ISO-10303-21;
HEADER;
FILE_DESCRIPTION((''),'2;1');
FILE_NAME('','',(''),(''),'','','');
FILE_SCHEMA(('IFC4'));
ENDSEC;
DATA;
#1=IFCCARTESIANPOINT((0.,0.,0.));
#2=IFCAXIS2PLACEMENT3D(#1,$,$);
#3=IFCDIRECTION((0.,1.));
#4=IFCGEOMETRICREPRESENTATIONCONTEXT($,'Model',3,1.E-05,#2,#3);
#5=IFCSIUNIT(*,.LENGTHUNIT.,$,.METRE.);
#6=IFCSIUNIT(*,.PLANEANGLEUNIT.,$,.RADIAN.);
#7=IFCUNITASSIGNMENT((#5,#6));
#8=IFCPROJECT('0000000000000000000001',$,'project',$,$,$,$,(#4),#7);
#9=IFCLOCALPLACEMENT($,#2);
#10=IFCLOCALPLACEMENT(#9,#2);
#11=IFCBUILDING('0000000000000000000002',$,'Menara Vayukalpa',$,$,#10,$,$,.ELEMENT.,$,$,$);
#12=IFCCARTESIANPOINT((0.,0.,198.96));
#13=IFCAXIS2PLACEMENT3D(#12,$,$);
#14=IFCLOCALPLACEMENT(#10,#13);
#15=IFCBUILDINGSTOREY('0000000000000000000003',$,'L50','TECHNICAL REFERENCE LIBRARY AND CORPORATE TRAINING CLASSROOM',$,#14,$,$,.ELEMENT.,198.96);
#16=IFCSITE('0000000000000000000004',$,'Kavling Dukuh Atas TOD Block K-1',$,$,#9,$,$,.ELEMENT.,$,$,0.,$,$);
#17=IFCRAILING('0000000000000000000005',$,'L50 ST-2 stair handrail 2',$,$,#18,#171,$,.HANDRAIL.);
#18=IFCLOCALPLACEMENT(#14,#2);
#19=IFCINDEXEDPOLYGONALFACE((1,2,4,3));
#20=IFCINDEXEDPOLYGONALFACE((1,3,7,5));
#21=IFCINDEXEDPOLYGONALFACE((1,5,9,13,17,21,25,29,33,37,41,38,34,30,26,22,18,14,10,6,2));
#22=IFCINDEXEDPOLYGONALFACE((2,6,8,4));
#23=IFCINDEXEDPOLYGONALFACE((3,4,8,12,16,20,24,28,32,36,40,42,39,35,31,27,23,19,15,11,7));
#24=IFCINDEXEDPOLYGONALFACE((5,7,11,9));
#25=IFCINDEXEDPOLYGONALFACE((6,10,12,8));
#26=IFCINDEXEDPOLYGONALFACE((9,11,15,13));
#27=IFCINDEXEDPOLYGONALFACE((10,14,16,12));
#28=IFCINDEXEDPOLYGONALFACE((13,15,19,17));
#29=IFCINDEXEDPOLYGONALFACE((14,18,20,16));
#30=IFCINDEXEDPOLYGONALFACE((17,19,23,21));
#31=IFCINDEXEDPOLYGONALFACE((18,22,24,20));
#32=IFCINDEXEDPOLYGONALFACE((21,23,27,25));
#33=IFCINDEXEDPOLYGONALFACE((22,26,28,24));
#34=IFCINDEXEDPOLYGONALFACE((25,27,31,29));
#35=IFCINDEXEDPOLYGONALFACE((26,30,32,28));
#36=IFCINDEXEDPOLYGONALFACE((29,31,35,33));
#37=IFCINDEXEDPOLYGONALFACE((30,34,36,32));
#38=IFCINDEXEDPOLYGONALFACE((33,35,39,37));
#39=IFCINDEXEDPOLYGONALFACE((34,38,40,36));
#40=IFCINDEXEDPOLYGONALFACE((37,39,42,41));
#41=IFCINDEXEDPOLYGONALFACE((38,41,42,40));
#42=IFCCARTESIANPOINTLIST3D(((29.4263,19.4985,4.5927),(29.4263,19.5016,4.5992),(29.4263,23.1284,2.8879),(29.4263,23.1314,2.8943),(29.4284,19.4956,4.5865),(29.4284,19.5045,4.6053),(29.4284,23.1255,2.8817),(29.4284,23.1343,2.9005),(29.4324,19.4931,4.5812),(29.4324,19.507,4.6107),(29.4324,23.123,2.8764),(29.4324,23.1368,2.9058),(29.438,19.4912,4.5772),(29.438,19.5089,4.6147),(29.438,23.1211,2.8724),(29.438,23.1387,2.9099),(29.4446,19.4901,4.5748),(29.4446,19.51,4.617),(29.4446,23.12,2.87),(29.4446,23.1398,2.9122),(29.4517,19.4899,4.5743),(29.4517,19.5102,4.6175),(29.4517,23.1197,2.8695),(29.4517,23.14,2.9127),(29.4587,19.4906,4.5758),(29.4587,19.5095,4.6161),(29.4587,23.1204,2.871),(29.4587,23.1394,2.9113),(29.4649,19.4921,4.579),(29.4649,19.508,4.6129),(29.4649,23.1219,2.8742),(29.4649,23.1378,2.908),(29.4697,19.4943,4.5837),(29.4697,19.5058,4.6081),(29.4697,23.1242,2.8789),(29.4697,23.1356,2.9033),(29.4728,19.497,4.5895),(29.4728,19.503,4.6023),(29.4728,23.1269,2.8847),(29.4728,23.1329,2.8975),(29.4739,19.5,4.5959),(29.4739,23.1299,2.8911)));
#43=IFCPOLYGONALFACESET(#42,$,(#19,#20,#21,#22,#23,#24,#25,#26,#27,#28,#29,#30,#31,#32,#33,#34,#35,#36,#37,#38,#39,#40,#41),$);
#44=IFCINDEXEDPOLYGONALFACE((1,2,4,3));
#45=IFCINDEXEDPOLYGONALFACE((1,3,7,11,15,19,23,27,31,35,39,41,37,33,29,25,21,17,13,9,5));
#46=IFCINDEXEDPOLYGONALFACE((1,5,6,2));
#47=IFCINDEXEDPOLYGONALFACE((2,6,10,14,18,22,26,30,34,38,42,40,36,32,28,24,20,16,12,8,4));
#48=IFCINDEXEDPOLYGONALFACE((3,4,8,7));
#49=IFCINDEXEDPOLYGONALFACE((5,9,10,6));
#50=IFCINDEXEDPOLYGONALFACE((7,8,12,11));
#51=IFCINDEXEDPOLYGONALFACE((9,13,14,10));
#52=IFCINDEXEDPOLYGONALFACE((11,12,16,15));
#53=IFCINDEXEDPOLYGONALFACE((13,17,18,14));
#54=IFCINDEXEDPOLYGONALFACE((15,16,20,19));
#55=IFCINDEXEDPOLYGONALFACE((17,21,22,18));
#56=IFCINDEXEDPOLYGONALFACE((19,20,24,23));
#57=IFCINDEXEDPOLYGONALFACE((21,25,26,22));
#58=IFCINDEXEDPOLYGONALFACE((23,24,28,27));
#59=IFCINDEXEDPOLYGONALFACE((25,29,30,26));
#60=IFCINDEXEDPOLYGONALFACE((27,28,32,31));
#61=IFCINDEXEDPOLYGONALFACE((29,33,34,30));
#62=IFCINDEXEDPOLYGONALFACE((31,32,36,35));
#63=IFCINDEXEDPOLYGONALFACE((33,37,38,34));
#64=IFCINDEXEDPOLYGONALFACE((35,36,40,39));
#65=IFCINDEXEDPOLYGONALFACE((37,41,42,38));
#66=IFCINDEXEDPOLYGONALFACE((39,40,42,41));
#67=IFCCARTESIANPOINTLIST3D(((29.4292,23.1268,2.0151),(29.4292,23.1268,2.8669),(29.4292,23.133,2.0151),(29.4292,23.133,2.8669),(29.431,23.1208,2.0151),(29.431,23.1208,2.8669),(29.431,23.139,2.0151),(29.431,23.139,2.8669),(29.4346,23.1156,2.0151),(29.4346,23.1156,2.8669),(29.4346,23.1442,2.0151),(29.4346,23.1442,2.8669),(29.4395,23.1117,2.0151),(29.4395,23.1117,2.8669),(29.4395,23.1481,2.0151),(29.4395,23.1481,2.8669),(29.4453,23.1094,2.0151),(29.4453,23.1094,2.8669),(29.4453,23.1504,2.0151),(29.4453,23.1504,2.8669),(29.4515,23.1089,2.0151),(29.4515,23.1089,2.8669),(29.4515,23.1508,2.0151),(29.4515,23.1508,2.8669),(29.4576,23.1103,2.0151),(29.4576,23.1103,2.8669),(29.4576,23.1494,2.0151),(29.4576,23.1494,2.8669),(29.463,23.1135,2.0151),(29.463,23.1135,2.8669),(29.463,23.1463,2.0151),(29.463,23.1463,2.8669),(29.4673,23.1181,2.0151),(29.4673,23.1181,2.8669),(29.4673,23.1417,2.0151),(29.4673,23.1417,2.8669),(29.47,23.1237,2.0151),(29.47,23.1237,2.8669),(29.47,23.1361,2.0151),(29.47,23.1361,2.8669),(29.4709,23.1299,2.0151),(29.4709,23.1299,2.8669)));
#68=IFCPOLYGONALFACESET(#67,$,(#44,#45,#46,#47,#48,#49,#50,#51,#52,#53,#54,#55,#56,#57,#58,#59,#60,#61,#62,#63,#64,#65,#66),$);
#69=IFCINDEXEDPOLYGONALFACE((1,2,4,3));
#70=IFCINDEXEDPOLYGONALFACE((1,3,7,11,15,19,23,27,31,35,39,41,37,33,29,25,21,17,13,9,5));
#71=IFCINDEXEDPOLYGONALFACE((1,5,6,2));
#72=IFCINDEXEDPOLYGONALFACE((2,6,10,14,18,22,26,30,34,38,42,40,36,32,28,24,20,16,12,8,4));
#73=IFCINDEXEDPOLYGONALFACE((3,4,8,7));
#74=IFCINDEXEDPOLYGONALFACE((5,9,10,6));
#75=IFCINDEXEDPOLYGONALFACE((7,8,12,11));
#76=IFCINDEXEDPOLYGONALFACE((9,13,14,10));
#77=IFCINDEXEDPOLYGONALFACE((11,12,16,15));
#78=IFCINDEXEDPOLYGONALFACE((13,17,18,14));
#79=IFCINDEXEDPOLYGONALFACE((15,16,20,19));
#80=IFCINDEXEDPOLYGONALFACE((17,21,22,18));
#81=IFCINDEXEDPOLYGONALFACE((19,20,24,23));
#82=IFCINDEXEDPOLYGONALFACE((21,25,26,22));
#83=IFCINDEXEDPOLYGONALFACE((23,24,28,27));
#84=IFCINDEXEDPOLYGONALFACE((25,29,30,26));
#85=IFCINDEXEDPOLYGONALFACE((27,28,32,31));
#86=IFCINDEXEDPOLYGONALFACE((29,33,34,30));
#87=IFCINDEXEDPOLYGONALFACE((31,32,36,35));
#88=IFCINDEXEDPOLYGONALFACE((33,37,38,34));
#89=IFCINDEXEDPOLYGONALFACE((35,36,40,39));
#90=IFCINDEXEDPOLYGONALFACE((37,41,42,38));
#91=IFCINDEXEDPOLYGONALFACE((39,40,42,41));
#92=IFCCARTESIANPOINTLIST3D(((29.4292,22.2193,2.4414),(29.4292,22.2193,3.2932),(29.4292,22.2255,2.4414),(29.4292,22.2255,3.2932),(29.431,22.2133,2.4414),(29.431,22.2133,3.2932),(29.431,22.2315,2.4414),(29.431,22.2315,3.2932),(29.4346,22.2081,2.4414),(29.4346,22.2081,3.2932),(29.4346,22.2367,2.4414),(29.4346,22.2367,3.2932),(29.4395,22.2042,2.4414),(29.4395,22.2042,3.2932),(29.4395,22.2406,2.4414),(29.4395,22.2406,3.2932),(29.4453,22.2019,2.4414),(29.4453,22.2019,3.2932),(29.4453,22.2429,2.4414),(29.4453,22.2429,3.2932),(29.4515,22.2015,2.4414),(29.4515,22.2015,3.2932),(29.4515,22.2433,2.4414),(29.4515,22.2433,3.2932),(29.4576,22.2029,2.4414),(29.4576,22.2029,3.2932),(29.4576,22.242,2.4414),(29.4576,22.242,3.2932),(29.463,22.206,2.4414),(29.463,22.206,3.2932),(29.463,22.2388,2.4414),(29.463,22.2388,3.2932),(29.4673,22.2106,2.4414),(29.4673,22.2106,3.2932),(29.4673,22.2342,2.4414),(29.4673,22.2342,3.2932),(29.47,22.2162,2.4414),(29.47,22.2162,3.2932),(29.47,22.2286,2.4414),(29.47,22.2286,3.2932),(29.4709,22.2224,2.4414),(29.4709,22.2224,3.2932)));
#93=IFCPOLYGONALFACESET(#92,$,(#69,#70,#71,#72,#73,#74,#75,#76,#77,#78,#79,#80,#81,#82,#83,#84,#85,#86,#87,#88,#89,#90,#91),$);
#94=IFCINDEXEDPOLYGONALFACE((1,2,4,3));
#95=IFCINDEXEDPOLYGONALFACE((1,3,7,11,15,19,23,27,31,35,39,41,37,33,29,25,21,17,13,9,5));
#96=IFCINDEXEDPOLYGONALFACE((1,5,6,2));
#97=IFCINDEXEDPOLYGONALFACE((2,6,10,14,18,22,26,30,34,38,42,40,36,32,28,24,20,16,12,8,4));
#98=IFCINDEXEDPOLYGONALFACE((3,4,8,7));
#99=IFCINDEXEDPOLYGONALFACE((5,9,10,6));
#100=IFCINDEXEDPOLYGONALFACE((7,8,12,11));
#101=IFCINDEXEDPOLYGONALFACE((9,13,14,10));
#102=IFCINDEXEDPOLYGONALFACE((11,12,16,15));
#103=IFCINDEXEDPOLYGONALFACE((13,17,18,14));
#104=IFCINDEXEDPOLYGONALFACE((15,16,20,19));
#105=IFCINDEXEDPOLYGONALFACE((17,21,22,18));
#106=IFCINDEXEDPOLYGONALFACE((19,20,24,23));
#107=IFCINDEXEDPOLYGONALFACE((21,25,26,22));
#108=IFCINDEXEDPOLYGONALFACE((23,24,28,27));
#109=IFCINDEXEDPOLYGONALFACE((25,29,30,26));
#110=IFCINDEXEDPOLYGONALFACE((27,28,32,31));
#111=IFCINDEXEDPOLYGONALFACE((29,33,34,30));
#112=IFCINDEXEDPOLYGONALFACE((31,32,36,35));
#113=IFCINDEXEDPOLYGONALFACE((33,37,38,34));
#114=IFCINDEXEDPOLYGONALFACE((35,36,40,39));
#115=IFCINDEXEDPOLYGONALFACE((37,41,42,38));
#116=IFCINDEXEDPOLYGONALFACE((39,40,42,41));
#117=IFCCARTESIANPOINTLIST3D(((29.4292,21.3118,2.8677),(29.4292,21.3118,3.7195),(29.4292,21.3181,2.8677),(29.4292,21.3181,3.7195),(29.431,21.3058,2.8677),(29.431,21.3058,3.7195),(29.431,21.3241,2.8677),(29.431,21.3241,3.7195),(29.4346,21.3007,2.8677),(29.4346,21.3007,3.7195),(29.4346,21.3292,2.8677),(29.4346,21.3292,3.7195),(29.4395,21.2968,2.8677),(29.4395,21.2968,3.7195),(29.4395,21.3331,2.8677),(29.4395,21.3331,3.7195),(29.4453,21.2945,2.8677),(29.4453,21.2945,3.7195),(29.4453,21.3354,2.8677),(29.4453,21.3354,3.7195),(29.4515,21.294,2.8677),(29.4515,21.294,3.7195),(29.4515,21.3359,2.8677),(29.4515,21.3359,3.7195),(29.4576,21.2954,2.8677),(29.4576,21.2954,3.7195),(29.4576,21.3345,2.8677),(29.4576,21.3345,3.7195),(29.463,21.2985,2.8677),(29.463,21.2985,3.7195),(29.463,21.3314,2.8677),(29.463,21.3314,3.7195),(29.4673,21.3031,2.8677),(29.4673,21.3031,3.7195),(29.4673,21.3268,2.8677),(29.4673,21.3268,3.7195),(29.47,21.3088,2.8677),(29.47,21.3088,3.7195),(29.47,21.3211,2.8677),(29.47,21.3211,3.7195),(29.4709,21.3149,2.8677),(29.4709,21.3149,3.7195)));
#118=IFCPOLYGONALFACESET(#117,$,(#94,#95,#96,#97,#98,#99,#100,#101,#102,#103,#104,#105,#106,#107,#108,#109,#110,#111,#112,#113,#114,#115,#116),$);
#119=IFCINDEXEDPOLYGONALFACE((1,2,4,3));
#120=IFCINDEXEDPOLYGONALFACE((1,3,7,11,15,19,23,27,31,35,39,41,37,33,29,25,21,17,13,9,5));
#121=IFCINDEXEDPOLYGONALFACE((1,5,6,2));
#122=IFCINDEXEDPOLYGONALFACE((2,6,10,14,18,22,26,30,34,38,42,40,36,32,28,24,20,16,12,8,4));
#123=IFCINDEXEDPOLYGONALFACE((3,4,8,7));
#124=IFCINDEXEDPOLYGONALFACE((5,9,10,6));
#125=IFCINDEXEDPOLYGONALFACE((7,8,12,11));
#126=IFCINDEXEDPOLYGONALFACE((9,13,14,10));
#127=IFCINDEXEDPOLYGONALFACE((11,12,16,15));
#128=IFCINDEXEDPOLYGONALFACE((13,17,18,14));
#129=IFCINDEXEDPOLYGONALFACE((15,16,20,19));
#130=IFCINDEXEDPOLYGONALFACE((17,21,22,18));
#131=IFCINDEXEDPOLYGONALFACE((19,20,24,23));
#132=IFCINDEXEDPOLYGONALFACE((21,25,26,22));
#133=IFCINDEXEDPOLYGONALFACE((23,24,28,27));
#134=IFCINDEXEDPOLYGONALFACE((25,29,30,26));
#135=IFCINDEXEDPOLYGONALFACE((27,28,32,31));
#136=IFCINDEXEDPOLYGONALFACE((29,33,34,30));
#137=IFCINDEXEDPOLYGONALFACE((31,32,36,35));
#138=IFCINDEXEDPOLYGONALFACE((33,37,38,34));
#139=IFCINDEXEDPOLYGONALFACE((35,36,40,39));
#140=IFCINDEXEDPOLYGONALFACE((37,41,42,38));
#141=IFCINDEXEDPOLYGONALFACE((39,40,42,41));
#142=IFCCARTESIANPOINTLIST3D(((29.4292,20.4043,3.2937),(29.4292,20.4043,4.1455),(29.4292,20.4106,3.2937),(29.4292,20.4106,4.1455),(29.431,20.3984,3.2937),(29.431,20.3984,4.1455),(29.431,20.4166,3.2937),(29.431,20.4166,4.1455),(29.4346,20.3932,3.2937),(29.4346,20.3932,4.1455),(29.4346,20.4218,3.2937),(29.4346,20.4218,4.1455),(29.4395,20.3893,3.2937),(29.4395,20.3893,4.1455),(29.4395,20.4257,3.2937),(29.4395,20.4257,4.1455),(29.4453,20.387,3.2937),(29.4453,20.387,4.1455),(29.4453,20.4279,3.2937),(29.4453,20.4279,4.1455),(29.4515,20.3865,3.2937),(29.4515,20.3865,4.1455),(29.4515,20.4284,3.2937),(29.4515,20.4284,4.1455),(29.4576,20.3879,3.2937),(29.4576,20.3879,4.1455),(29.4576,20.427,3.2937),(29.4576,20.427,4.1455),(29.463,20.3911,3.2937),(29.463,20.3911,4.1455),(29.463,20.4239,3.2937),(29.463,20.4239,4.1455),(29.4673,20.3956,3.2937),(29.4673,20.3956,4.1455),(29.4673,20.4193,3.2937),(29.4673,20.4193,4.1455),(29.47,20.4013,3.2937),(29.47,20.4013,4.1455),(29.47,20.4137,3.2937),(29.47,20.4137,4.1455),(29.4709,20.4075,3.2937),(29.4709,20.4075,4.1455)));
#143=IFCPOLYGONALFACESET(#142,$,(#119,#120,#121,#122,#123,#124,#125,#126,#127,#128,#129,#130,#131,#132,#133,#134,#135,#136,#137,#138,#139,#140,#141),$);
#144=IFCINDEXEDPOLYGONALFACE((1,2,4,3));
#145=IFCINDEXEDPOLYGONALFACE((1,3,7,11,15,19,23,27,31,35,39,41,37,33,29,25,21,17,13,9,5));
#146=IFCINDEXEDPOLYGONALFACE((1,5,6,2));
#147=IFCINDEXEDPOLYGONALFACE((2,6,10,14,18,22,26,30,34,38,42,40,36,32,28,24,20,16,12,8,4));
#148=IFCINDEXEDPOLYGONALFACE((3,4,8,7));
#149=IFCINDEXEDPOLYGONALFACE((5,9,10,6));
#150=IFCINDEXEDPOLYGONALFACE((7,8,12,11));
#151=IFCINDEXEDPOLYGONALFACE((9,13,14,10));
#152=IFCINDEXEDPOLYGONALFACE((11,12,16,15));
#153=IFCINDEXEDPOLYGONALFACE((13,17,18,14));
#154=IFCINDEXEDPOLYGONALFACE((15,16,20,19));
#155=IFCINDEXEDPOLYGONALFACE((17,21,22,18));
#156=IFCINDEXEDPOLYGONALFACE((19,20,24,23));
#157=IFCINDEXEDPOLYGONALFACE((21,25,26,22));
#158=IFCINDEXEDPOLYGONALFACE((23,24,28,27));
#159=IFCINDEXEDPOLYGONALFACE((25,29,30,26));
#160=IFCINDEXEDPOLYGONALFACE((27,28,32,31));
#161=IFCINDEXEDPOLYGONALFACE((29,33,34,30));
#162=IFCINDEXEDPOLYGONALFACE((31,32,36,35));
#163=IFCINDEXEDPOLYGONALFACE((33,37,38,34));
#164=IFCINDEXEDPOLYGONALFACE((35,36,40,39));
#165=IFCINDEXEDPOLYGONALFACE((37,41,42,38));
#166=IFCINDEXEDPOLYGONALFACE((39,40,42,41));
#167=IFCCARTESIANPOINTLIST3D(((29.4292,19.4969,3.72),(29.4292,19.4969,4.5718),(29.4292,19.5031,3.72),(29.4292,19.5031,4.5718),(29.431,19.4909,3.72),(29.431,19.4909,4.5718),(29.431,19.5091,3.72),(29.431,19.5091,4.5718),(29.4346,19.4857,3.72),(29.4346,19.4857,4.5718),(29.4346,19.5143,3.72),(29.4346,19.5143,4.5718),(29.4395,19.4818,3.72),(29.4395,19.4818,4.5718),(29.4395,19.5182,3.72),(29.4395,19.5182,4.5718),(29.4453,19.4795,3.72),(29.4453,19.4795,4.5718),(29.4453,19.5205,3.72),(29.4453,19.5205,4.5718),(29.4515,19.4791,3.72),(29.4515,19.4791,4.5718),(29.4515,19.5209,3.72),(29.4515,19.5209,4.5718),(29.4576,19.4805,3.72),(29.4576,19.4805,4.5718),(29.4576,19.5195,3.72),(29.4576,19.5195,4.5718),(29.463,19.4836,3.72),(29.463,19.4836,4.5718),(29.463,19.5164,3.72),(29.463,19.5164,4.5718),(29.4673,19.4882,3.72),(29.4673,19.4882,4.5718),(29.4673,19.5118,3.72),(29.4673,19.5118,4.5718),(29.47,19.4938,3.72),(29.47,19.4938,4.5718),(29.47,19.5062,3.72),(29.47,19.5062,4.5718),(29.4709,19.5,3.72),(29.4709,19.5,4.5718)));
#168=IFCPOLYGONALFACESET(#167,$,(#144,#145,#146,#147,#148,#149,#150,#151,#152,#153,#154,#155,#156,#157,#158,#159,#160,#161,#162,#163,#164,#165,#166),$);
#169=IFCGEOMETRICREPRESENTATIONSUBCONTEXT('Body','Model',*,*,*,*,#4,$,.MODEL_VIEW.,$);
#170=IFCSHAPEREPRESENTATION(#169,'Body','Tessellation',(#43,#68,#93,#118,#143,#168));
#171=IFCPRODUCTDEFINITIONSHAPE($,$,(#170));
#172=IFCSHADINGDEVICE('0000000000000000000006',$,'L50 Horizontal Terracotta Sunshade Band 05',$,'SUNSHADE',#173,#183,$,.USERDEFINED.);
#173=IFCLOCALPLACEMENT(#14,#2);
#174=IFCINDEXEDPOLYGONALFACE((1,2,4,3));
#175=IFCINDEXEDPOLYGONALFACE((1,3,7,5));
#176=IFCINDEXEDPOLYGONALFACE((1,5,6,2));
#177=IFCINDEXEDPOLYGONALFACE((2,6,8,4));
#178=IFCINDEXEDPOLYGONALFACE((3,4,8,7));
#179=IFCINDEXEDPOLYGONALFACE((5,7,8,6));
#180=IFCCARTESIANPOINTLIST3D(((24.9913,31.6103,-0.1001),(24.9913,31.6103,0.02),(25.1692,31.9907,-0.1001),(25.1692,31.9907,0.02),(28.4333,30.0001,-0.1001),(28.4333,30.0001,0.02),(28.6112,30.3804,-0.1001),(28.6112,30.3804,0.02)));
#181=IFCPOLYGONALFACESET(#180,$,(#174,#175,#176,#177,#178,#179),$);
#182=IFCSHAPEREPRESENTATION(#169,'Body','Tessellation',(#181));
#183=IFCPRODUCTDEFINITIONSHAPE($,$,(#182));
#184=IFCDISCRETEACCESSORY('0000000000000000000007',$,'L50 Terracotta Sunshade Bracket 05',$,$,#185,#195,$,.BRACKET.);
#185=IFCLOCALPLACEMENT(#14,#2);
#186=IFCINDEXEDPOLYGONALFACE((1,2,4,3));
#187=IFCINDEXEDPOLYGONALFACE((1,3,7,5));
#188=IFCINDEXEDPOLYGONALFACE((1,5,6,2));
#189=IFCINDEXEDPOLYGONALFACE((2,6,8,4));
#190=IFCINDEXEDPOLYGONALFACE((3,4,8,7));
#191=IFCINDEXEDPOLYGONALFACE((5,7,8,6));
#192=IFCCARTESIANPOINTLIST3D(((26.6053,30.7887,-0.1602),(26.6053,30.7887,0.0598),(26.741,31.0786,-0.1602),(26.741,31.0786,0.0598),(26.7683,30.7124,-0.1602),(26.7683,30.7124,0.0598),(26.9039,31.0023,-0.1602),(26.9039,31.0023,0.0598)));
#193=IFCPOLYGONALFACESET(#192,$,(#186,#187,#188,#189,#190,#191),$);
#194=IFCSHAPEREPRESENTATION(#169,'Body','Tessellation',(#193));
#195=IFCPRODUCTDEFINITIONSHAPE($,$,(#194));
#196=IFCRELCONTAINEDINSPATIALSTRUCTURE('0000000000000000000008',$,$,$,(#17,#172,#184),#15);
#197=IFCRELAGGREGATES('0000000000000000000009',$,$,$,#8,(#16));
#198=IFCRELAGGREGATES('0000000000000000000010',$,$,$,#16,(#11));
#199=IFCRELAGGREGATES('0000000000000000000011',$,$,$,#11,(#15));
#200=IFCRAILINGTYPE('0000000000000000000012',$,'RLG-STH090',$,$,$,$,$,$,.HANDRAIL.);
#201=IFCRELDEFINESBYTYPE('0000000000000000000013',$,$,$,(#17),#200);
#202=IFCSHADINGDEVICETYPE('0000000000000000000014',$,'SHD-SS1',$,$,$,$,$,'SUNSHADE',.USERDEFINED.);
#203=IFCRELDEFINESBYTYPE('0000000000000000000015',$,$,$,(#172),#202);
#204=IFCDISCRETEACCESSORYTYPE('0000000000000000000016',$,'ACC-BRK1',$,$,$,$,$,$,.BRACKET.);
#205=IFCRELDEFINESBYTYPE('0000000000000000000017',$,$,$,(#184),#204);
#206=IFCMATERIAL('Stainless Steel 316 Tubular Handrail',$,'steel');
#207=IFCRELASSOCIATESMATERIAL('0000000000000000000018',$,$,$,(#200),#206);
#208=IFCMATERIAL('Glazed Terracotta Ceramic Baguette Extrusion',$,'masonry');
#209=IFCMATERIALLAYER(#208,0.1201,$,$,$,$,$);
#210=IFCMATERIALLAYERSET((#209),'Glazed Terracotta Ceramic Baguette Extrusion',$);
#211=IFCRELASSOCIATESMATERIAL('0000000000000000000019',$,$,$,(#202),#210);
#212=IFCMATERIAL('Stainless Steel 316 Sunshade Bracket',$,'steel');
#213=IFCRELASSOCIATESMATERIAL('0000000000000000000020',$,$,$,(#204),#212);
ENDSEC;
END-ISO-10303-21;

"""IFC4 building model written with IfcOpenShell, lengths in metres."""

from ifc_helpers import new_model, si_unit, direction, frame, origin, origin_2d, place, context, subcontext, project, spatial, rectangle, circle, extrude, material, layer, layer_set, type_object, element, save


model = new_model("IFC4")

# Units and contexts
model_context = context("Model", 3, precision=1e-05, world=origin(), true_north=direction((0.0, 1.0)))
body_context = subcontext(model_context, "Body", "Model", "MODEL_VIEW")
ifc_project = project(units=[si_unit("LENGTHUNIT", "METRE"), si_unit("PLANEANGLEUNIT", "RADIAN")], contexts=[model_context])

# Site, building, storey
site_placement = place(None, origin())
site = spatial("IfcSite", under=ifc_project, at=site_placement, Name="Kavling Dukuh Atas TOD Block K-1", CompositionType="ELEMENT", RefElevation=0.0)
building_placement = place(site_placement, origin())
building = spatial("IfcBuilding", under=site, at=building_placement, Name="Menara Vayukalpa", CompositionType="ELEMENT")
storey_placement = place(building_placement, frame((0.0, 0.0, 198.96)))
storey = spatial("IfcBuildingStorey", under=building, at=storey_placement, Name="L50", Description="TECHNICAL REFERENCE LIBRARY AND CORPORATE TRAINING CLASSROOM", CompositionType="ELEMENT", Elevation=198.96)

# Railing
ifc_material_1 = material(Name="Stainless Steel 316 Tubular Handrail", Category="steel")
railing_type_1 = type_object("IfcRailingType", Name="RLG-STH090", PredefinedType="HANDRAIL", material=ifc_material_1)
railing_1_placement = place(storey_placement, frame((29.45, 23.1299, 2.0151)))
element("IfcRailing", 1, at=railing_1_placement, inside=storey, type_object=railing_type_1, Name="L50 ST-2 stair handrail 2", PredefinedType="HANDRAIL", context=body_context, shape_type="SweptSolid", body=[
    extrude(circle(Radius=0.0239, at=origin_2d()), frame((0.0, 0.0, 0.876), z_axis=(0.0, -0.90514, 0.425114), x_axis=(1.0, 0.0, 0.0)), (0.0, 0.0, 1.0), 4.0103),
    extrude(circle(Radius=0.021, at=origin_2d()), origin(), (0.0, 0.0, 1.0), 0.8518),
    extrude(circle(Radius=0.021, at=origin_2d()), frame((0.0, -0.9075, 0.4263)), (0.0, 0.0, 1.0), 0.8518),
    extrude(circle(Radius=0.021, at=origin_2d()), frame((0.0, -1.8149, 0.8525)), (0.0, 0.0, 1.0), 0.8518),
    extrude(circle(Radius=0.021, at=origin_2d()), frame((0.0, -2.7224, 1.2786)), (0.0, 0.0, 1.0), 0.8518),
    extrude(circle(Radius=0.021, at=origin_2d()), frame((0.0, -3.6299, 1.7048)), (0.0, 0.0, 1.0), 0.8518),
])

# Shading device
ifc_material_2 = material(Name="Glazed Terracotta Ceramic Baguette Extrusion", Category="masonry")
ifc_layer_1 = layer(ifc_material_2, 0.1201)
ifc_layer_set_1 = layer_set([ifc_layer_1], Name="Glazed Terracotta Ceramic Baguette Extrusion")
shading_device_type = type_object("IfcShadingDeviceType", Name="SHD-SS1", ElementType="SUNSHADE", PredefinedType="USERDEFINED", material=ifc_layer_set_1)
shading_device_placement = place(storey_placement, frame((26.8013, 30.9954, -0.1001), z_axis=(0.0, 0.0, 1.0), x_axis=(-0.905783, 0.423741, 0.0)))
element("IfcShadingDevice", 2, at=shading_device_placement, inside=storey, type_object=shading_device_type, Name="L50 Horizontal Terracotta Sunshade Band 05", ObjectType="SUNSHADE", PredefinedType="USERDEFINED", context=body_context, shape_type="SweptSolid", body=[
    extrude(rectangle(XDim=3.8, YDim=0.4199, at=origin_2d()), origin(), (0.0, 0.0, 1.0), 0.1201),
])

# Discrete accessory
ifc_material_3 = material(Name="Stainless Steel 316 Sunshade Bracket", Category="steel")
discrete_accessory_type = type_object("IfcDiscreteAccessoryType", Name="ACC-BRK1", PredefinedType="BRACKET", material=ifc_material_3)
discrete_accessory_placement = place(storey_placement, frame((26.7546, 30.8955, -0.1602), z_axis=(0.0, 0.0, 1.0), x_axis=(-0.905783, 0.423741, 0.0)))
element("IfcDiscreteAccessory", 3, at=discrete_accessory_placement, inside=storey, type_object=discrete_accessory_type, Name="L50 Terracotta Sunshade Bracket 05", PredefinedType="BRACKET", context=body_context, shape_type="SweptSolid", body=[
    extrude(rectangle(XDim=0.1799, YDim=0.3201, at=origin_2d()), origin(), (0.0, 0.0, 1.0), 0.22),
])

save(model, "model.ifc")
